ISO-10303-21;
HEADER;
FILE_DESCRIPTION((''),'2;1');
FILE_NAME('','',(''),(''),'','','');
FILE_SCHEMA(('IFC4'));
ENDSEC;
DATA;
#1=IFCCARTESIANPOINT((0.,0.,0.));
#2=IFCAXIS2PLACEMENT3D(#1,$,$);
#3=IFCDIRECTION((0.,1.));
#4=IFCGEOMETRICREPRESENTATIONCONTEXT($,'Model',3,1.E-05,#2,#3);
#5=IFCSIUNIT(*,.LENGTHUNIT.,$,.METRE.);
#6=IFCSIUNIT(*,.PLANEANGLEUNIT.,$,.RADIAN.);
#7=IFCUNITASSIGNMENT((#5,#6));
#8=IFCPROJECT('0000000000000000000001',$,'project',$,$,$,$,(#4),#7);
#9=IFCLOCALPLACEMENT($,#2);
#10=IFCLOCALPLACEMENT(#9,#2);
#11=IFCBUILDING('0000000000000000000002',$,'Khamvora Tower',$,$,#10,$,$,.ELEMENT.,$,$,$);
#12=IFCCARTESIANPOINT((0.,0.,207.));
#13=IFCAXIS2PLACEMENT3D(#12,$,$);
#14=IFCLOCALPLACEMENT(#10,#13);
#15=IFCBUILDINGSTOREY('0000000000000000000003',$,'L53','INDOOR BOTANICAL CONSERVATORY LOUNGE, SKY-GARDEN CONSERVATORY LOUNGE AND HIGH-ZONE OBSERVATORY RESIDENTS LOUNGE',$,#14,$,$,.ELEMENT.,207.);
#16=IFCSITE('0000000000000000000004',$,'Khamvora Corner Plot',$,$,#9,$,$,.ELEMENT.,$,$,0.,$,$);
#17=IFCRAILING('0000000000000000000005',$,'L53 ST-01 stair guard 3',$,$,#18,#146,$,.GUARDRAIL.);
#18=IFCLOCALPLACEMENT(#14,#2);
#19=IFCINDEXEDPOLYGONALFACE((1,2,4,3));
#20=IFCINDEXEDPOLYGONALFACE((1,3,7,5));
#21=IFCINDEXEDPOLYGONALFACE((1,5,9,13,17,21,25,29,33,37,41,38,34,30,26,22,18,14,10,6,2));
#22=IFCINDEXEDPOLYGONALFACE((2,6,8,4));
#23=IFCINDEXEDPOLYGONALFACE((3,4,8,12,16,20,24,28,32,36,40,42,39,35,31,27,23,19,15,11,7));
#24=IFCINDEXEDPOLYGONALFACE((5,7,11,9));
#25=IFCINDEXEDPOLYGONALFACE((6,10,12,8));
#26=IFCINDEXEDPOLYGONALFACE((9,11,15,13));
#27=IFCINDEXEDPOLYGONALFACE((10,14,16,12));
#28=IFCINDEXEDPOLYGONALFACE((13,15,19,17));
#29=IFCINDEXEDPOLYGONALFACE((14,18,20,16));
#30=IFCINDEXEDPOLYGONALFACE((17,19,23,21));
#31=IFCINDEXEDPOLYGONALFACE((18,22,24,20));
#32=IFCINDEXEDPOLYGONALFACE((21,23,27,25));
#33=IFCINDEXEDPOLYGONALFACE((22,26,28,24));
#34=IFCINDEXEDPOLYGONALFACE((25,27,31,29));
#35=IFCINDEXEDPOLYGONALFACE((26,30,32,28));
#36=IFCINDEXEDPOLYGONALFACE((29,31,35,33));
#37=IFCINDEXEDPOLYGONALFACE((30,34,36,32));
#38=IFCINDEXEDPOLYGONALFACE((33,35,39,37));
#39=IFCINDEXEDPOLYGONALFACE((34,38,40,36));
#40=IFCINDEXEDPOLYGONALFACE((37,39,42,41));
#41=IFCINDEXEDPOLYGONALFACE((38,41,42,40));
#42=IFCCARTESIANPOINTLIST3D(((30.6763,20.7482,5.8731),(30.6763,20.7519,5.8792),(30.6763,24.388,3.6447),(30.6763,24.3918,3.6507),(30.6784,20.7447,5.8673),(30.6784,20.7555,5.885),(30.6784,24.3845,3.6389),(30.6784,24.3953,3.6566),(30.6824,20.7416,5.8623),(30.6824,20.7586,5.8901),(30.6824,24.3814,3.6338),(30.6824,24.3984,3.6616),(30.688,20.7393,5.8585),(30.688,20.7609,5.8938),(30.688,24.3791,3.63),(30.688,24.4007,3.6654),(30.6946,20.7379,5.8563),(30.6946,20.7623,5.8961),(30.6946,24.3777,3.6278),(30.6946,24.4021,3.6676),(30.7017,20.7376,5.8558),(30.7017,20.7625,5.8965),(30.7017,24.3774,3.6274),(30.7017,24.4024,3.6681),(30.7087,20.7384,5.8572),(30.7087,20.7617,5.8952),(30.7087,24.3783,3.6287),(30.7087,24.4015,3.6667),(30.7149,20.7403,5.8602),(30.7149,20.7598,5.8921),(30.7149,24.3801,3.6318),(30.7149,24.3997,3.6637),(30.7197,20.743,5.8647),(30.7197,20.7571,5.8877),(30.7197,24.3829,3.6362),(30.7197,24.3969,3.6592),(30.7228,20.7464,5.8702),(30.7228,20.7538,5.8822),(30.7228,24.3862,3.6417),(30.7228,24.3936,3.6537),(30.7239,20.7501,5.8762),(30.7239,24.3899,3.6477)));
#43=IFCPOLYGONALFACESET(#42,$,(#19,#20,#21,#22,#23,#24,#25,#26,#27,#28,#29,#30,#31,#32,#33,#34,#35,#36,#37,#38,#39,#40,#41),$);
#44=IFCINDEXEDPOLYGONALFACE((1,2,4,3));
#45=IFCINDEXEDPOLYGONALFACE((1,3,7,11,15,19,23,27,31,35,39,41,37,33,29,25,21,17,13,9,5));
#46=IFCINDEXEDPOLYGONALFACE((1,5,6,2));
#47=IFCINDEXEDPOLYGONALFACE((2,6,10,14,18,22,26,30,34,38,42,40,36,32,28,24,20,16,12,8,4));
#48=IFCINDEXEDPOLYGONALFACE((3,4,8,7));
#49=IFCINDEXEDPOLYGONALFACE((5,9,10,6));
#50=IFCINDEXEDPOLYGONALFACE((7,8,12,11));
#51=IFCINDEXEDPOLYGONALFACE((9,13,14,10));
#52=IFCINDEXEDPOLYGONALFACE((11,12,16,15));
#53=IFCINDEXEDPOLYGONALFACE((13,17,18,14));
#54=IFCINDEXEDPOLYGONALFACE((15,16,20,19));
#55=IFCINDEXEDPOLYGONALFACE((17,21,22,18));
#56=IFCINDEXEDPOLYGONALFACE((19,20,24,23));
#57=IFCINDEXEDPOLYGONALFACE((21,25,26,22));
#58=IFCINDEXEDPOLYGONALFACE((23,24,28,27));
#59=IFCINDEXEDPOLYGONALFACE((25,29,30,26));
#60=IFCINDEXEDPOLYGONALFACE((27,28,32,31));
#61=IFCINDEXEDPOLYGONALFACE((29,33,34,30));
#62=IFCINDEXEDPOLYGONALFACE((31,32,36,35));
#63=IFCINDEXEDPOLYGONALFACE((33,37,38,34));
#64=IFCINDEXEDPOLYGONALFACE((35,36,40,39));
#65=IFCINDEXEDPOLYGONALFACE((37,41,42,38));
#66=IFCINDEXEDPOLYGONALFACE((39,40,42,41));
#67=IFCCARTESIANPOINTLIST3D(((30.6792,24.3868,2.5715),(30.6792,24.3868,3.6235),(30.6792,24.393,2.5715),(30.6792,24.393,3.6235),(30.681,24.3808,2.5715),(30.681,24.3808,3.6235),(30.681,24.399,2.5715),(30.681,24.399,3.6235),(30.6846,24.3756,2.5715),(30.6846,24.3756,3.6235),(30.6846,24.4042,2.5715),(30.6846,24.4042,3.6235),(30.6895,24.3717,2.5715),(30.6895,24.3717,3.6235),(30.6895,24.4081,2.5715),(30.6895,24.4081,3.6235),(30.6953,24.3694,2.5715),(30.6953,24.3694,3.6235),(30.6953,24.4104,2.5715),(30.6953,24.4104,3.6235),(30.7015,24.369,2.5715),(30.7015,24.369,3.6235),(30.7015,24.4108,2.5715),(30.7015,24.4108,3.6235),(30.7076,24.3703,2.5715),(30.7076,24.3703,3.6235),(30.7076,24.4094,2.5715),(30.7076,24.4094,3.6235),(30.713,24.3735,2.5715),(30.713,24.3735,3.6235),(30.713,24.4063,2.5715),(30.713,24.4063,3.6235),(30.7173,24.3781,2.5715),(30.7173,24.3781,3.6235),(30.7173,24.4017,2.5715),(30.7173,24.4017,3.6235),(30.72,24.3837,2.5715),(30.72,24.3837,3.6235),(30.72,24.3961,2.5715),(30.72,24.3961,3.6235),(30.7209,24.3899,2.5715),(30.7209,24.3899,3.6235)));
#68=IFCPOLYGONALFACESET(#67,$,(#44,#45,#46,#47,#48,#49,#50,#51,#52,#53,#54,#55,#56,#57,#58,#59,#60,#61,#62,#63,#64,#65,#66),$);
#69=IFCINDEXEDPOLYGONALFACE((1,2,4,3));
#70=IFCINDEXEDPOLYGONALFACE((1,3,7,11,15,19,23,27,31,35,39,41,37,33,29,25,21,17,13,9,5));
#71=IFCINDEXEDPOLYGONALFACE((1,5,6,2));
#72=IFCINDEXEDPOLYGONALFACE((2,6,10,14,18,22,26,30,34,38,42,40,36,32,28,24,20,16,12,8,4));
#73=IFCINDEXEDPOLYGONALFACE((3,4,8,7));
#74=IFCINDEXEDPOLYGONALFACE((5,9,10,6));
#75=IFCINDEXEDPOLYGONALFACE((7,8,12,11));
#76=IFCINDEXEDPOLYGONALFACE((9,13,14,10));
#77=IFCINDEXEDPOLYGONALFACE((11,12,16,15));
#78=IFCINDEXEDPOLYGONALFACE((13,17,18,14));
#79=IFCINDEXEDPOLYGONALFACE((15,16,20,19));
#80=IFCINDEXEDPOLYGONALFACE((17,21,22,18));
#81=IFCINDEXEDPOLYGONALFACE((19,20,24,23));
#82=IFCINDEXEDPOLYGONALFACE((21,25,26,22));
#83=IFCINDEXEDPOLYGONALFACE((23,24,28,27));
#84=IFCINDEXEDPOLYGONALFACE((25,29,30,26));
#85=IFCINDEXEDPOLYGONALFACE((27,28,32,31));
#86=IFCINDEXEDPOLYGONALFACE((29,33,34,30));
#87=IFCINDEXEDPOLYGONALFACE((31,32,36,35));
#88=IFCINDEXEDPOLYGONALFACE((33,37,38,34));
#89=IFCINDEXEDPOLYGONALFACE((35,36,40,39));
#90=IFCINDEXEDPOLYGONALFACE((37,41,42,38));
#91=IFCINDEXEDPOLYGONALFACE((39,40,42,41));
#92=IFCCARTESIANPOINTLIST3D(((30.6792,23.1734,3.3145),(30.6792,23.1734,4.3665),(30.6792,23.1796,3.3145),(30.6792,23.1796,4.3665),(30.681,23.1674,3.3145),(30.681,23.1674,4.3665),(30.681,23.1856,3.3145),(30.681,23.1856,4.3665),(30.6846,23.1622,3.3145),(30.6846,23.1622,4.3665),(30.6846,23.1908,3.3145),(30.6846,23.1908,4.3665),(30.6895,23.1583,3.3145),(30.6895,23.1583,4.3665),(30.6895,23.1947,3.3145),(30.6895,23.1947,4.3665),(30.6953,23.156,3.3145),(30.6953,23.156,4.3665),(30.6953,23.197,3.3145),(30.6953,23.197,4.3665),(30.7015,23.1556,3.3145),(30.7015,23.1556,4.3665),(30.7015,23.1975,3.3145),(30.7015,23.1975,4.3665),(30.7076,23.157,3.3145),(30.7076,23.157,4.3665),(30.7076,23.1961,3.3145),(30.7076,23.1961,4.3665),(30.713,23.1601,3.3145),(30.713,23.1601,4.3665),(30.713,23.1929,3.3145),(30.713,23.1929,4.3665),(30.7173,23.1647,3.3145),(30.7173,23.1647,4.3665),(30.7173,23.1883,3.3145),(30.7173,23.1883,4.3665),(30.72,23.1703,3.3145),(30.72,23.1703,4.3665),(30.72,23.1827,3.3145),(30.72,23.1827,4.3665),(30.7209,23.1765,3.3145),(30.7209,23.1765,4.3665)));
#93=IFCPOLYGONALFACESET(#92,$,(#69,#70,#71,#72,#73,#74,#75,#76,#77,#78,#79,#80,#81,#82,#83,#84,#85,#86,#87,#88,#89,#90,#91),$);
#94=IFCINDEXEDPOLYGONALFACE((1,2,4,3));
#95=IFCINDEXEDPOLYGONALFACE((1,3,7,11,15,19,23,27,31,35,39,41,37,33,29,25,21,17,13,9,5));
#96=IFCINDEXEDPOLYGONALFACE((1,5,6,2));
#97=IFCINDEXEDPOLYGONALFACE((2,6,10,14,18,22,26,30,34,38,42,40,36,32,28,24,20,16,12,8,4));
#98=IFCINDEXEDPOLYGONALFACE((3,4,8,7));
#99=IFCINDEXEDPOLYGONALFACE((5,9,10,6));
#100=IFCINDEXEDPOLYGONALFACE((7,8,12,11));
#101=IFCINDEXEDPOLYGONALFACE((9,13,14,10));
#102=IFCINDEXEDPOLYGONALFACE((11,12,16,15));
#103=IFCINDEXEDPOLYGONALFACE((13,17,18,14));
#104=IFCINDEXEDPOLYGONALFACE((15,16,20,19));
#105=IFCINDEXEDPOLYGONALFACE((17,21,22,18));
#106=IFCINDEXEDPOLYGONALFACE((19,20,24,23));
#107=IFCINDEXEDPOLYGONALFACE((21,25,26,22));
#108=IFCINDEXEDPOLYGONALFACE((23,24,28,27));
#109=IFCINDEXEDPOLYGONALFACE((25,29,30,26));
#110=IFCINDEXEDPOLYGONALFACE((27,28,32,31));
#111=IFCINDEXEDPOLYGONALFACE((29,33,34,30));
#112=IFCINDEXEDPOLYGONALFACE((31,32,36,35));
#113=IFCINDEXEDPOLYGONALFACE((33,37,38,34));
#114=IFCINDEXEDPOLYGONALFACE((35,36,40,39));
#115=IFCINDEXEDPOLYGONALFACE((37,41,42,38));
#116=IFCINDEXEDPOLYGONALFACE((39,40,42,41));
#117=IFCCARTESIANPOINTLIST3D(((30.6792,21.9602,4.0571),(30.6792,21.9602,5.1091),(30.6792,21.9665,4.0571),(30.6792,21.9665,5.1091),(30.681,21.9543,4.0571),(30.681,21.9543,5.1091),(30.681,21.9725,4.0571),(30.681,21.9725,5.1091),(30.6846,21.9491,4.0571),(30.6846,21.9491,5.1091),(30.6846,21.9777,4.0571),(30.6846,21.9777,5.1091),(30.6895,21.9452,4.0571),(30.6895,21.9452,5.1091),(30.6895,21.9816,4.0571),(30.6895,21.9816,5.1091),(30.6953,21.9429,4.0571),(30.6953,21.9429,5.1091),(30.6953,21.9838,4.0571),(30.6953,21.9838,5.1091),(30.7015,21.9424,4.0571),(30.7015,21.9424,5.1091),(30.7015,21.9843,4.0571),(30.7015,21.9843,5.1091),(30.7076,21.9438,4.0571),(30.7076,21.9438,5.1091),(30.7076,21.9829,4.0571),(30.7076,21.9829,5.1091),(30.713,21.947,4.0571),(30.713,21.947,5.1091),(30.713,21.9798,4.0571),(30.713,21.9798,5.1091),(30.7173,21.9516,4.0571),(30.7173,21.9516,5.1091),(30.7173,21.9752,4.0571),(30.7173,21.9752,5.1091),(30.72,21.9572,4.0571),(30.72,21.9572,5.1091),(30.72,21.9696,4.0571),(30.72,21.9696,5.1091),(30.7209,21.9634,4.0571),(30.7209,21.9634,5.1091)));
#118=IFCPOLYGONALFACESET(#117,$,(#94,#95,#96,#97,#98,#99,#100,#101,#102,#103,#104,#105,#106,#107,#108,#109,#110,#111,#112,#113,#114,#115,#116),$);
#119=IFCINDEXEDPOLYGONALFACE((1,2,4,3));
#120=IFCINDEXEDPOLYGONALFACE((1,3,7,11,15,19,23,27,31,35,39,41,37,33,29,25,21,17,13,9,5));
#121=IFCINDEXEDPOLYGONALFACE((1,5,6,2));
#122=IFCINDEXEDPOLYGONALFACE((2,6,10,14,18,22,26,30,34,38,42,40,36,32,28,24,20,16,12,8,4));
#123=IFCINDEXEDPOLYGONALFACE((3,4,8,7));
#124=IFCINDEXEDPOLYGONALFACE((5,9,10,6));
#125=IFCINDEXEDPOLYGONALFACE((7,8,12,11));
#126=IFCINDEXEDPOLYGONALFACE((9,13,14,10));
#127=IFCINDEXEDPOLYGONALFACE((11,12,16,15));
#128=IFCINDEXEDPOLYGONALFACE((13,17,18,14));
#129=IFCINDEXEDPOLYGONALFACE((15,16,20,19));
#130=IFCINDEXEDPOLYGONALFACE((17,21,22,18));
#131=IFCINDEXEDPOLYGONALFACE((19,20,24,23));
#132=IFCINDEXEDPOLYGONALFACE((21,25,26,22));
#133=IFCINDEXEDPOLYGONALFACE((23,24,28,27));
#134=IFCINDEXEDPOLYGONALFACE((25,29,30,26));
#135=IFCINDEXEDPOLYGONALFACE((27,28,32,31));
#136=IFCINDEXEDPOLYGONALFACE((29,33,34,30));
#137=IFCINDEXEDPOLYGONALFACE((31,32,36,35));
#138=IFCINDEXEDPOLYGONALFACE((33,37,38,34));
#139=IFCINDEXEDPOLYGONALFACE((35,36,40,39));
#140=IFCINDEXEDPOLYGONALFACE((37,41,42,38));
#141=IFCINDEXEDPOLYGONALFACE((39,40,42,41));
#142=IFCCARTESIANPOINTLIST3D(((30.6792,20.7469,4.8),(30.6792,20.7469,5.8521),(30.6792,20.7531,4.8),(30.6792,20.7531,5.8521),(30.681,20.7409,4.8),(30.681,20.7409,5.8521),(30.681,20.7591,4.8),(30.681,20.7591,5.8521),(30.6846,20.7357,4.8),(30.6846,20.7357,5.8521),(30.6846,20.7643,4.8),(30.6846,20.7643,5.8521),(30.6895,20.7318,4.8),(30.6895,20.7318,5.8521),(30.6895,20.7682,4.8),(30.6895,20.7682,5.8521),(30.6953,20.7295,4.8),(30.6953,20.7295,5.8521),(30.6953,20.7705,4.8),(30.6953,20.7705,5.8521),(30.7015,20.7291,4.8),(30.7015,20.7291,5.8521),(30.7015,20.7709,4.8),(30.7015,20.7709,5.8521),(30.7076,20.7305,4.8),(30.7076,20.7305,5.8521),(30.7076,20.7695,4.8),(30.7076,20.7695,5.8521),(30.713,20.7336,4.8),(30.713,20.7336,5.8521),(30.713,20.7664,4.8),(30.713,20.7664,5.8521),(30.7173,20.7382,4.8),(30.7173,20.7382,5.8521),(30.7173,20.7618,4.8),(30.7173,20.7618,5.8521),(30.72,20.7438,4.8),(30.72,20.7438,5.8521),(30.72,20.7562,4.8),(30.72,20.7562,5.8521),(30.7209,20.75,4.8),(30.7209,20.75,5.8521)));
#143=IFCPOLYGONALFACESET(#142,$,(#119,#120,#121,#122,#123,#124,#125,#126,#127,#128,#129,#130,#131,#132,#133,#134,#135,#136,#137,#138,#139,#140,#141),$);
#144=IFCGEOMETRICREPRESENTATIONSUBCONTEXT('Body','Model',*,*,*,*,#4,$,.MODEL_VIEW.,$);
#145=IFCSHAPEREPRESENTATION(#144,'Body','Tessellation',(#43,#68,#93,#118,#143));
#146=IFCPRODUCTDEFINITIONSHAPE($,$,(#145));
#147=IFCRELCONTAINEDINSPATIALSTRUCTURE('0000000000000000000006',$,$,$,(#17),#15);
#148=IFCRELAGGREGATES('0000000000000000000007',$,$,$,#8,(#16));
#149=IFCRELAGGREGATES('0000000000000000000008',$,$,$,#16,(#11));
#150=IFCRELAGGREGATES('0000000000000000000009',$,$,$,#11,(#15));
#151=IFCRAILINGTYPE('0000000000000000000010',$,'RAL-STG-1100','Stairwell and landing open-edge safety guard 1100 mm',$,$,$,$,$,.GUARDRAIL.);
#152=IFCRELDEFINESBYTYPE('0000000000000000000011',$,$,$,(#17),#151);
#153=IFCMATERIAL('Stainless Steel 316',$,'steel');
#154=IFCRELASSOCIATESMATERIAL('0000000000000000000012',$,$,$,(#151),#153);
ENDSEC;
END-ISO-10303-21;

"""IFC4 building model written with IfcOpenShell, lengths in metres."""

from ifc_helpers import new_model, si_unit, direction, frame, origin, origin_2d, place, context, subcontext, project, spatial, circle, extrude, material, type_object, element, save


model = new_model("IFC4")

# Units and contexts
model_context = context("Model", 3, precision=1e-05, world=origin(), true_north=direction((0.0, 1.0)))
body_context = subcontext(model_context, "Body", "Model", "MODEL_VIEW")
ifc_project = project(units=[si_unit("LENGTHUNIT", "METRE"), si_unit("PLANEANGLEUNIT", "RADIAN")], contexts=[model_context])

# Site, building, storey
site_placement = place(None, origin())
site = spatial("IfcSite", under=ifc_project, at=site_placement, Name="Khamvora Corner Plot", CompositionType="ELEMENT", RefElevation=0.0)
building_placement = place(site_placement, origin())
building = spatial("IfcBuilding", under=site, at=building_placement, Name="Khamvora Tower", CompositionType="ELEMENT")
storey_placement = place(building_placement, frame((0.0, 0.0, 207.0)))
storey = spatial("IfcBuildingStorey", under=building, at=storey_placement, Name="L53", Description="INDOOR BOTANICAL CONSERVATORY LOUNGE, SKY-GARDEN CONSERVATORY LOUNGE AND HIGH-ZONE OBSERVATORY RESIDENTS LOUNGE", CompositionType="ELEMENT", Elevation=207.0)

# Railing
ifc_material_1 = material(Name="Stainless Steel 316", Category="steel")
railing_type_1 = type_object("IfcRailingType", Name="RAL-STG-1100", Description="Stairwell and landing open-edge safety guard 1100 mm", PredefinedType="GUARDRAIL", material=ifc_material_1)
railing_1_placement = place(storey_placement, frame((30.7, 24.3899, 2.5715)))
element("IfcRailing", 1, at=railing_1_placement, inside=storey, type_object=railing_type_1, Name="L53 ST-01 stair guard 3", PredefinedType="GUARDRAIL", context=body_context, shape_type="SweptSolid", body=[
    extrude(circle(Radius=0.0239, at=origin_2d()), frame((0.0, 0.0, 1.0762), z_axis=(0.0, -0.85285, 0.522156), x_axis=(1.0, 0.0, 0.0)), (0.0, 0.0, 1.0), 4.2678),
    extrude(circle(Radius=0.021, at=origin_2d()), origin(), (0.0, 0.0, 1.0), 1.052),
    extrude(circle(Radius=0.021, at=origin_2d()), frame((0.0, -1.2134, 0.7429)), (0.0, 0.0, 1.0), 1.052),
    extrude(circle(Radius=0.021, at=origin_2d()), frame((0.0, -2.4265, 1.4856)), (0.0, 0.0, 1.0), 1.052),
    extrude(circle(Radius=0.021, at=origin_2d()), frame((0.0, -3.6399, 2.2285)), (0.0, 0.0, 1.0), 1.052),
])

save(model, "model.ifc")
